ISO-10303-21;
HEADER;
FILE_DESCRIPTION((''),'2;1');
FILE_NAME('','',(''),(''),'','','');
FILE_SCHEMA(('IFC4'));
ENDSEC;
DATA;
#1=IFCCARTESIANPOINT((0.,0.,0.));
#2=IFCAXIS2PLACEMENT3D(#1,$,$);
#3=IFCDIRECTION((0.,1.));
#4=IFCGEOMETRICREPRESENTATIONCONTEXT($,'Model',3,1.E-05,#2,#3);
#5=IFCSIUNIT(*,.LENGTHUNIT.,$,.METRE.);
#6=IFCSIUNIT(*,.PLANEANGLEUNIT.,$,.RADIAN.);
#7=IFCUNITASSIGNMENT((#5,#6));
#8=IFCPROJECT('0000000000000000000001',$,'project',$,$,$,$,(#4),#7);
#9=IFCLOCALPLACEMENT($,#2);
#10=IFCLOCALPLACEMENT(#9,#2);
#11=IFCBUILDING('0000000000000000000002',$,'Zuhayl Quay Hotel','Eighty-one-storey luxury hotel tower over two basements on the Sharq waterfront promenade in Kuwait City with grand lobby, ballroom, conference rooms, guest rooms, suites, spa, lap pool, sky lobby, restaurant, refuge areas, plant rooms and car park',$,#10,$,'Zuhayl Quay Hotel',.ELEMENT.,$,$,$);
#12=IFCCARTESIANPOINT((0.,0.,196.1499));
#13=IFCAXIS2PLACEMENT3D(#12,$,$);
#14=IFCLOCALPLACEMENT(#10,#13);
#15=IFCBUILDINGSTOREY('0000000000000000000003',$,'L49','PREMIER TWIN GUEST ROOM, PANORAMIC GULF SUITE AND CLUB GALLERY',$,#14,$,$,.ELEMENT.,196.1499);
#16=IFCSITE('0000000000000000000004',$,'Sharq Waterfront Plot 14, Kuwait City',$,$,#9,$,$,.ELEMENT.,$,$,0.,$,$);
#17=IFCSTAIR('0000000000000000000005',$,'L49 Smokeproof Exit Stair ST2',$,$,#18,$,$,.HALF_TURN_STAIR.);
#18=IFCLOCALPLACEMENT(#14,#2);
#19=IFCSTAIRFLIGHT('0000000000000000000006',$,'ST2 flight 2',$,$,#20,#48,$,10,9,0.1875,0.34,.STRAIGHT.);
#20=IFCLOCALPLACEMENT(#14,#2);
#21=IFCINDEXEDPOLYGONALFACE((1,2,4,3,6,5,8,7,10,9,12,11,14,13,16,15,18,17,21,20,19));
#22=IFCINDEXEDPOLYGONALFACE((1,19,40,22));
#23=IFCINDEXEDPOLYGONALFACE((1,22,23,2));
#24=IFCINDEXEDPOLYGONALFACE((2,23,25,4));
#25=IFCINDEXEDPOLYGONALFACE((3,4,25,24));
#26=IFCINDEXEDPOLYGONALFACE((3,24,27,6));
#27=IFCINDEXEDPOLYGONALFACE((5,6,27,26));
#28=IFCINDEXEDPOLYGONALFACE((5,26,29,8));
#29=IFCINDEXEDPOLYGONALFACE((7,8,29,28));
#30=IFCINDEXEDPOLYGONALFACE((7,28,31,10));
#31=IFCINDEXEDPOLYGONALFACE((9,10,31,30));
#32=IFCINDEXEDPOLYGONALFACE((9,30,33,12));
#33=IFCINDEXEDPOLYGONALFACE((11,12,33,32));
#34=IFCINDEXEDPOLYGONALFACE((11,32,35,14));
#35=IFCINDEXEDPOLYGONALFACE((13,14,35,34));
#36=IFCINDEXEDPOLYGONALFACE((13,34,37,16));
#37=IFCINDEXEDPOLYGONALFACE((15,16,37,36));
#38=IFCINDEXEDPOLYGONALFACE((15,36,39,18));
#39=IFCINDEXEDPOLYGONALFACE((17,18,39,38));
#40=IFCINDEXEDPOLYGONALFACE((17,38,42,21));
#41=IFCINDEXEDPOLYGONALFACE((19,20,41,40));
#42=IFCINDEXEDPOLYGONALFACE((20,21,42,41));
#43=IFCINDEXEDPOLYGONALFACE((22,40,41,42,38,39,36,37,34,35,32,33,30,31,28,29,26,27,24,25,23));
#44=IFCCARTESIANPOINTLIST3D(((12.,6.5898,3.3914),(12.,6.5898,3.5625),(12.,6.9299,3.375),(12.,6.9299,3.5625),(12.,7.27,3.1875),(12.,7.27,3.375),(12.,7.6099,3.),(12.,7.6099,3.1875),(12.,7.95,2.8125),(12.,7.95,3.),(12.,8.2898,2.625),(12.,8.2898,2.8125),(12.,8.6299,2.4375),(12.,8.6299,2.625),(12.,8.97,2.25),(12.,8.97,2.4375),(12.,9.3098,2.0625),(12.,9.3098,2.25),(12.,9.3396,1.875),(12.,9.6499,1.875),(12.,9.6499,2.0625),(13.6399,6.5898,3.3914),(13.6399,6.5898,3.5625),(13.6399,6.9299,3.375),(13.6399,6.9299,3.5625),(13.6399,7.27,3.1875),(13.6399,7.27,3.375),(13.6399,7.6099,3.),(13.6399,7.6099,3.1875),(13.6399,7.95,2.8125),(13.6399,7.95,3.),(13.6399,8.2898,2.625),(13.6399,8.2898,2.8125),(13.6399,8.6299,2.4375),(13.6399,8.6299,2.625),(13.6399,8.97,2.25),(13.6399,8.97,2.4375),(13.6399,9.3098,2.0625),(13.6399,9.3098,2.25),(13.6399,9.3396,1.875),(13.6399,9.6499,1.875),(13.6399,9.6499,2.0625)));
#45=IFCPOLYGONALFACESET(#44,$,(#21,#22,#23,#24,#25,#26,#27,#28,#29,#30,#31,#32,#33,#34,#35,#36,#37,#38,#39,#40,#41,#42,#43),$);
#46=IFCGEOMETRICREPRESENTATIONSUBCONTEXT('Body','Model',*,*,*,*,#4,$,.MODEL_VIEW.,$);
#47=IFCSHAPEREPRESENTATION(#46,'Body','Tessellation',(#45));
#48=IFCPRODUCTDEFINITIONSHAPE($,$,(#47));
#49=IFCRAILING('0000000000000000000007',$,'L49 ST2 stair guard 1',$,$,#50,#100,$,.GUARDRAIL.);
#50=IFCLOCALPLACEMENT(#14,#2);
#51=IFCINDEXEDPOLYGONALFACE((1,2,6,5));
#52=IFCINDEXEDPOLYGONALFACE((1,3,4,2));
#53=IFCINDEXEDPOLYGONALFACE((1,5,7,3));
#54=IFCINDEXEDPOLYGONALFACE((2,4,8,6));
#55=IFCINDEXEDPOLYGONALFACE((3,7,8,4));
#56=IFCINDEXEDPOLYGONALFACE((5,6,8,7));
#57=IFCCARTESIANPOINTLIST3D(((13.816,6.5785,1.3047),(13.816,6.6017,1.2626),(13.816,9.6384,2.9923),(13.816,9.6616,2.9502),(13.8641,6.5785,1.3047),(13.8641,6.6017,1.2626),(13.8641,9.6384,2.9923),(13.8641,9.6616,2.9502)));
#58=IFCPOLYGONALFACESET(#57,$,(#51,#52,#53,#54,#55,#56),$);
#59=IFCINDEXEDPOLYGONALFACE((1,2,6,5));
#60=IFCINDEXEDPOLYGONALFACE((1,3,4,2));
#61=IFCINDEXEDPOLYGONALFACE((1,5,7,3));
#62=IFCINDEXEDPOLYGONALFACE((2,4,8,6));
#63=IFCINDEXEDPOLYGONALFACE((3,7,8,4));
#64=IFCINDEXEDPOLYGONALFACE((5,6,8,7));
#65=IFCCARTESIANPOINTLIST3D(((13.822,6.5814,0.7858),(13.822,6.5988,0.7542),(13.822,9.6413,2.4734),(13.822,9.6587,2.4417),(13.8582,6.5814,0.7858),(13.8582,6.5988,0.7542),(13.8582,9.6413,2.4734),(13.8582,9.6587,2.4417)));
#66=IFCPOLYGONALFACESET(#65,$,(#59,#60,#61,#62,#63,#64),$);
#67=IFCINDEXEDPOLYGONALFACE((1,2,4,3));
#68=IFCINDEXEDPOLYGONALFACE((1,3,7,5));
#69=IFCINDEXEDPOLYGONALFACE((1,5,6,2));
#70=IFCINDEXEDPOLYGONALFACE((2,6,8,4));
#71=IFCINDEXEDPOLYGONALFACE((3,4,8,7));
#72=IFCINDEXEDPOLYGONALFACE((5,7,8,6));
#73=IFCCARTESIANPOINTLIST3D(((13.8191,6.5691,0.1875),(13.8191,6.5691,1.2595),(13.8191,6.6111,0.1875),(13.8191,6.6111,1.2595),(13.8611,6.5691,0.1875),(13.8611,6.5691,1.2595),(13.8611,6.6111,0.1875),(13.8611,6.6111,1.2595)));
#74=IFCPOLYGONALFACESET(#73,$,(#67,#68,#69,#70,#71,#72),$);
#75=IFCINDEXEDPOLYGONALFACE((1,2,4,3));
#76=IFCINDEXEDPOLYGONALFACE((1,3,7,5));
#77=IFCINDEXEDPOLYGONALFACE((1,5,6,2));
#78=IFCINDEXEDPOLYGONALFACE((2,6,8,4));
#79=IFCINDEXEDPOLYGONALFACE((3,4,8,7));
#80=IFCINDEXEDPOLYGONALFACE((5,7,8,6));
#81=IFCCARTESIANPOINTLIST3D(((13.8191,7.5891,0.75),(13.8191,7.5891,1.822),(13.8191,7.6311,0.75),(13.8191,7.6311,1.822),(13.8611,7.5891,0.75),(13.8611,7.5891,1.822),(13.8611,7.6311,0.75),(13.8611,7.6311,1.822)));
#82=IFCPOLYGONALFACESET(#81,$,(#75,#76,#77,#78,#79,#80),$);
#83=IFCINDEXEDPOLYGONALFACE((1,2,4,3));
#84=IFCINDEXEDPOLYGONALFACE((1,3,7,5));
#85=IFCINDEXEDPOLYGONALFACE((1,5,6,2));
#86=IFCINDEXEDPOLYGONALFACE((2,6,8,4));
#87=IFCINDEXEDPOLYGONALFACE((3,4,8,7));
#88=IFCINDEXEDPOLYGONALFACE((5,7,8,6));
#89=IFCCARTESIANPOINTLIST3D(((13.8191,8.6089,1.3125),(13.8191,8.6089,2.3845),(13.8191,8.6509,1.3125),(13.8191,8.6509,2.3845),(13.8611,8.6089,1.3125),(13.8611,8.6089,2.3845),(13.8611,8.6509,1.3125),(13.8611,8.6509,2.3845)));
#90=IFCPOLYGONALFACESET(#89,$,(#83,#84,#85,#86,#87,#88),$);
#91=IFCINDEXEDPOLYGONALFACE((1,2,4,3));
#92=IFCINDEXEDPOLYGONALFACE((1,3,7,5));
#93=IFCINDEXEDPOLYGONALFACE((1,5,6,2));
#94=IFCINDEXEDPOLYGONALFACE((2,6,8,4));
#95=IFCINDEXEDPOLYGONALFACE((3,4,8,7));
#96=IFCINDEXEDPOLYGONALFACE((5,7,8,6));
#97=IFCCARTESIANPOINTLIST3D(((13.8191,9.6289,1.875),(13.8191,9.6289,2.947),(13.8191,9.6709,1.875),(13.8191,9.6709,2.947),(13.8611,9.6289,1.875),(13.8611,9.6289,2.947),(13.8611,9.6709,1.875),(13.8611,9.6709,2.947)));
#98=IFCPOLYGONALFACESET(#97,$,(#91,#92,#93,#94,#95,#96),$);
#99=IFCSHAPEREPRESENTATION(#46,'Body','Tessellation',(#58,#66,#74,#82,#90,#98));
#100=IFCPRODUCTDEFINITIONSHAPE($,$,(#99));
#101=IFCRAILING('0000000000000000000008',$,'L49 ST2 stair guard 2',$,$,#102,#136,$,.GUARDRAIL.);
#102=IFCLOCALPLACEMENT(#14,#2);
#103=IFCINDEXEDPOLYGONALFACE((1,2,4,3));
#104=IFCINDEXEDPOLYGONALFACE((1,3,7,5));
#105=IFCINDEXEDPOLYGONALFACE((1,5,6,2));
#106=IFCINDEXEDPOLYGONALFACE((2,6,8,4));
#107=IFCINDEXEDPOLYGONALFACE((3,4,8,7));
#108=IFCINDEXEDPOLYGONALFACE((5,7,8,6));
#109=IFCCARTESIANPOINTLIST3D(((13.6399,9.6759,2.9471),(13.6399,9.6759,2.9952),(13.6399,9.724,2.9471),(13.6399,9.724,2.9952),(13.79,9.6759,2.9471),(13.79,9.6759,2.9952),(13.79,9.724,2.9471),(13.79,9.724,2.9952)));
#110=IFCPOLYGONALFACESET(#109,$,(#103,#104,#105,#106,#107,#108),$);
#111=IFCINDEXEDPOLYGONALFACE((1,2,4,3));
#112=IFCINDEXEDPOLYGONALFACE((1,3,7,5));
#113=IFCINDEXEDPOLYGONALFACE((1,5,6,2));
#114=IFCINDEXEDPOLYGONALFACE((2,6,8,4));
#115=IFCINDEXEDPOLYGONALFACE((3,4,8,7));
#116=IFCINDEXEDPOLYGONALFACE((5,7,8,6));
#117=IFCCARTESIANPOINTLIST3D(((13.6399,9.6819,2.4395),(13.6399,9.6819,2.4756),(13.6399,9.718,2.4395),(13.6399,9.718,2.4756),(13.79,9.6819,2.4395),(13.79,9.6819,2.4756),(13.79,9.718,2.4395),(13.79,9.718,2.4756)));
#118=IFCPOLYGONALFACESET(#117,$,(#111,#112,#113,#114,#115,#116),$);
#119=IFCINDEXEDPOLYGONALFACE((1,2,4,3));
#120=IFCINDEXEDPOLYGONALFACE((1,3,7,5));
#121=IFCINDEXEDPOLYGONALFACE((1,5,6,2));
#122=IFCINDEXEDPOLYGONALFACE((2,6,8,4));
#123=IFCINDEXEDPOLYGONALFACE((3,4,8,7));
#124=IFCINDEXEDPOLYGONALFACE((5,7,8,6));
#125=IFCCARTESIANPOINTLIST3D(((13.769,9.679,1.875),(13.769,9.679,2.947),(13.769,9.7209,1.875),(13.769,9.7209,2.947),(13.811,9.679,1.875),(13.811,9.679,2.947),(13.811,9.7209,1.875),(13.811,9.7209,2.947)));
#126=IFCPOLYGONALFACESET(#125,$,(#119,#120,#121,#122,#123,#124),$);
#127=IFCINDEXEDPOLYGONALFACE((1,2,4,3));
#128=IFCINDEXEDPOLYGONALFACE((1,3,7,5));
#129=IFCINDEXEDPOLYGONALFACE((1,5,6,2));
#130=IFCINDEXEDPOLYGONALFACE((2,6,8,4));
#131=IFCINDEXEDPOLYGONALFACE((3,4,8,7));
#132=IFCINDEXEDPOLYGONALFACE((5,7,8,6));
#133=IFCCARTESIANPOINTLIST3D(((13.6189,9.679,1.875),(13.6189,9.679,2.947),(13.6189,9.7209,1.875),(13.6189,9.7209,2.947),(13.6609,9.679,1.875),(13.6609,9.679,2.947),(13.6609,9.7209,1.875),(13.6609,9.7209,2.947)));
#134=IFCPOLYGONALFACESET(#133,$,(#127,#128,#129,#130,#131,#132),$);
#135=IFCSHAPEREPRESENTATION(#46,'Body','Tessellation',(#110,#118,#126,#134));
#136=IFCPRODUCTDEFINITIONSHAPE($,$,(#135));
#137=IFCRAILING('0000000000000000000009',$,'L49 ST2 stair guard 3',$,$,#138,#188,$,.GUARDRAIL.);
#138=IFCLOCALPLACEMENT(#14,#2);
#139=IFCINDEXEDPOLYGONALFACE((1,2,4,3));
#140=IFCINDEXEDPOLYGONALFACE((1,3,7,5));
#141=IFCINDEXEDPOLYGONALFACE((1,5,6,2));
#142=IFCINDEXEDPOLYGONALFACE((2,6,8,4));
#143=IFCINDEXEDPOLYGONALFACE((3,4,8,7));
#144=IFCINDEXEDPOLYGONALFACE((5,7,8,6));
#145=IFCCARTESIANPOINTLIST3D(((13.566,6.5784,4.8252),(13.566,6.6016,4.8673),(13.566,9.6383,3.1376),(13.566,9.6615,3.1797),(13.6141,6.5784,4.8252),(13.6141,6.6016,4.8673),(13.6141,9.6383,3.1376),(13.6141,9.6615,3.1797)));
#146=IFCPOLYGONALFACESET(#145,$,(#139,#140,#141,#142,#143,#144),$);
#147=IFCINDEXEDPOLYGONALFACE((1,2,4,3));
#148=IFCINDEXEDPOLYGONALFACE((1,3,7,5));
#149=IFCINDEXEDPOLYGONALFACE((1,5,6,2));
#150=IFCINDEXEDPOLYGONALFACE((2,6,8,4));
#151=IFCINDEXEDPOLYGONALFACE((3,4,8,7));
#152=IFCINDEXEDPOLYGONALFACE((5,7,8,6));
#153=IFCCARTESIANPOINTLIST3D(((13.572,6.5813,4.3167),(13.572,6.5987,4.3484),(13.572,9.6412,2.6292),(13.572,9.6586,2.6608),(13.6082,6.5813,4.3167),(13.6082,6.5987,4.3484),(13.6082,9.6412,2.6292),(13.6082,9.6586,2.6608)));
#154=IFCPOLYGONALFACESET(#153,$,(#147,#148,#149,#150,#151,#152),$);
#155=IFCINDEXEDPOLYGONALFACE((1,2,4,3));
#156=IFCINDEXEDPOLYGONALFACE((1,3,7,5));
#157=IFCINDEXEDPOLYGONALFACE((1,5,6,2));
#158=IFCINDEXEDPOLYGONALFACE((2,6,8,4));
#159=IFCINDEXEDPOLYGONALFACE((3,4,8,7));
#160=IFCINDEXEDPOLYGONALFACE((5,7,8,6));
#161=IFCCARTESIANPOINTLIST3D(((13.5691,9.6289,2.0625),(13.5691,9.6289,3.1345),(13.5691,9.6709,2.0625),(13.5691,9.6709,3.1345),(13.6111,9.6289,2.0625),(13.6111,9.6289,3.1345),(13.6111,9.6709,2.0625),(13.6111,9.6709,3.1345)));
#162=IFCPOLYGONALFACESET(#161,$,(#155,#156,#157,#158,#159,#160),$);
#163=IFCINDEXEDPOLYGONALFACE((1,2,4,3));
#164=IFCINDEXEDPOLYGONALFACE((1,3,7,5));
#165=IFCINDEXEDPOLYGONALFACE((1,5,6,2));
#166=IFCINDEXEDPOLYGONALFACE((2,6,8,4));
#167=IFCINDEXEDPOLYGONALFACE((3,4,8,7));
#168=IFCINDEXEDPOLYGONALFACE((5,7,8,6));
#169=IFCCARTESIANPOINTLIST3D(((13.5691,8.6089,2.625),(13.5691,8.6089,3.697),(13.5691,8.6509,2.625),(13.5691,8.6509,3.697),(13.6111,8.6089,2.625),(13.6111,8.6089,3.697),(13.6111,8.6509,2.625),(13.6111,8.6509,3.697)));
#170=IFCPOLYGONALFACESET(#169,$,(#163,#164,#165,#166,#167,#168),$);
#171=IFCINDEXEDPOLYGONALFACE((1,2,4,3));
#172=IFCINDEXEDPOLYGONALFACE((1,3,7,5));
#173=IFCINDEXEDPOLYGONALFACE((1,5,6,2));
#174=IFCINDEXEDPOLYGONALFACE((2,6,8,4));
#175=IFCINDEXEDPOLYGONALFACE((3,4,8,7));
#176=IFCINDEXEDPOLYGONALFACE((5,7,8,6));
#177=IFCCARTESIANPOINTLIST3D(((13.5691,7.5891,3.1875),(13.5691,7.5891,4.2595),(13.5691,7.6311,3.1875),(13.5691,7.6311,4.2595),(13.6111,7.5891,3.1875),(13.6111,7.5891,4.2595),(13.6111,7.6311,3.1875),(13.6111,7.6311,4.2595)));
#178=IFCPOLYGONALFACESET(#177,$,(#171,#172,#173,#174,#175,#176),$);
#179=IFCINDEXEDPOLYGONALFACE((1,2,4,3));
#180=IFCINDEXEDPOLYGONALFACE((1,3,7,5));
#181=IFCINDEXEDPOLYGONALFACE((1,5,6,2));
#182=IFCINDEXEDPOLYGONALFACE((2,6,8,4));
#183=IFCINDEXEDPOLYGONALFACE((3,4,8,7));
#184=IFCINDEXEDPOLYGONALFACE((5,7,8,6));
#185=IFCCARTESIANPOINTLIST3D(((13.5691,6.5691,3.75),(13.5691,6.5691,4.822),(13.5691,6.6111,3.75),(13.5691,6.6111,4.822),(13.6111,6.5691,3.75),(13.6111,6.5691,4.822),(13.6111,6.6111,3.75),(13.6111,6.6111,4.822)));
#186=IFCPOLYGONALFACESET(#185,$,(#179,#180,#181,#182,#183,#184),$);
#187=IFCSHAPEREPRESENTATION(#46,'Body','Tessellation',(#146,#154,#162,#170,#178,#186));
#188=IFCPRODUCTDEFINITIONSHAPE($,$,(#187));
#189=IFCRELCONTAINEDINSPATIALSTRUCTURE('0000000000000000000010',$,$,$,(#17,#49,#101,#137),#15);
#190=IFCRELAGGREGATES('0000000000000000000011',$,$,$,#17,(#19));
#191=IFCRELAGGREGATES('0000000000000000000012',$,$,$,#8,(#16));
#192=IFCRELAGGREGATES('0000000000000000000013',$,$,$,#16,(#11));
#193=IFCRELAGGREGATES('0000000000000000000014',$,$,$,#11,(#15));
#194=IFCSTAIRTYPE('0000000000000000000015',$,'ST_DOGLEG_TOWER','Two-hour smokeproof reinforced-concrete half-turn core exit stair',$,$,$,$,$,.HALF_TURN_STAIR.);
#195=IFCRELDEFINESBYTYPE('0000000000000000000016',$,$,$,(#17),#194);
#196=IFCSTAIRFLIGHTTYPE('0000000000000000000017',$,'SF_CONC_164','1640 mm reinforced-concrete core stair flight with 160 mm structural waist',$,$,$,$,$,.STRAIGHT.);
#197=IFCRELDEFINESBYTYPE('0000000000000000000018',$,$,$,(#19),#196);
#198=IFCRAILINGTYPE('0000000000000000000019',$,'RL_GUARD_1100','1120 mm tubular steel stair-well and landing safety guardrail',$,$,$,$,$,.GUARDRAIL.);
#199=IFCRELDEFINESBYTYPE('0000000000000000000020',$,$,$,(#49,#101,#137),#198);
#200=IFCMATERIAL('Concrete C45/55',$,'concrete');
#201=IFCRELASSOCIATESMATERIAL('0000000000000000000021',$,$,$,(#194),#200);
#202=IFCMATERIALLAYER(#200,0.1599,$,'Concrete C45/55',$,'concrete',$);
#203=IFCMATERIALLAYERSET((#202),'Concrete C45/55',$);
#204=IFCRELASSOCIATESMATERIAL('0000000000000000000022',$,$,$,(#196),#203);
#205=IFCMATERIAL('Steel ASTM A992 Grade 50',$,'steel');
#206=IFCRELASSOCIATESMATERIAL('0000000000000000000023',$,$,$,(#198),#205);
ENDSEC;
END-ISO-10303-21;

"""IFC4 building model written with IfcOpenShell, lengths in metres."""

from ifc_helpers import new_model, si_unit, direction, frame, origin, origin_2d, place, context, subcontext, project, spatial, polyline, rectangle, outline, extrude, material, layer, layer_set, type_object, element, aggregate, save


model = new_model("IFC4")

# Units and contexts
model_context = context("Model", 3, precision=1e-05, world=origin(), true_north=direction((0.0, 1.0)))
body_context = subcontext(model_context, "Body", "Model", "MODEL_VIEW")
ifc_project = project(units=[si_unit("LENGTHUNIT", "METRE"), si_unit("PLANEANGLEUNIT", "RADIAN")], contexts=[model_context])

# Site, building, storey
site_placement = place(None, origin())
site = spatial("IfcSite", under=ifc_project, at=site_placement, Name="Sharq Waterfront Plot 14, Kuwait City", CompositionType="ELEMENT", RefElevation=0.0)
building_placement = place(site_placement, origin())
building = spatial("IfcBuilding", under=site, at=building_placement, Name="Zuhayl Quay Hotel", Description="Eighty-one-storey luxury hotel tower over two basements on the Sharq waterfront promenade in Kuwait City with grand lobby, ballroom, conference rooms, guest rooms, suites, spa, lap pool, sky lobby, restaurant, refuge areas, plant rooms and car park", LongName="Zuhayl Quay Hotel", CompositionType="ELEMENT")
storey_placement = place(building_placement, frame((0.0, 0.0, 196.1499)))
storey = spatial("IfcBuildingStorey", under=building, at=storey_placement, Name="L49", Description="PREMIER TWIN GUEST ROOM, PANORAMIC GULF SUITE AND CLUB GALLERY", CompositionType="ELEMENT", Elevation=196.1499)

# Shared definitions
ifc_material_1 = material(Name="Steel ASTM A992 Grade 50", Category="steel")

# Stair, stair flight
ifc_material_2 = material(Name="Concrete C45/55", Category="concrete")
stair_type = type_object("IfcStairType", Name="ST_DOGLEG_TOWER", Description="Two-hour smokeproof reinforced-concrete half-turn core exit stair", PredefinedType="HALF_TURN_STAIR", material=ifc_material_2)
stair_placement = place(storey_placement, origin())
stair = element("IfcStair", 1, at=stair_placement, inside=storey, type_object=stair_type, Name="L49 Smokeproof Exit Stair ST2", PredefinedType="HALF_TURN_STAIR")
ifc_layer_1 = layer(ifc_material_2, 0.1599, Name="Concrete C45/55", Category="concrete")
ifc_layer_set_1 = layer_set([ifc_layer_1], Name="Concrete C45/55")
stair_flight_type = type_object("IfcStairFlightType", Name="SF_CONC_164", Description="1640 mm reinforced-concrete core stair flight with 160 mm structural waist", PredefinedType="STRAIGHT", material=ifc_layer_set_1)
stair_flight_1_placement = place(storey_placement, frame((12.8201, 9.6499, 1.875), z_axis=(0.0, 0.0, 1.0), x_axis=(0.0, -1.0, 0.0)))
stair_flight_1 = element("IfcStairFlight", 2, at=stair_flight_1_placement, type_object=stair_flight_type, Name="ST2 flight 2", NumberOfRisers=10, NumberOfTreads=9, PredefinedType="STRAIGHT", RiserHeight=0.1875, TreadLength=0.34, context=body_context, shape_type="SweptSolid", body=[
    extrude(outline(polyline([(0.0, 0.0), (0.0, 0.1875), (0.3401, 0.1875), (0.3401, 0.375), (0.6799, 0.375), (0.6799, 0.5625), (1.02, 0.5625), (1.02, 0.75), (1.3601, 0.75), (1.3601, 0.9375), (1.7, 0.9375), (1.7, 1.125), (2.04, 1.125), (2.04, 1.3125), (2.3799, 1.3125), (2.3799, 1.5), (2.72, 1.5), (2.72, 1.6875), (3.0601, 1.6875), (3.0601, 1.875), (3.0601, 1.5164), (0.3103, 0.0), (0.0, 0.0)])), frame((0.0, 0.8198, 0.0), z_axis=(0.0, -1.0, 0.0), x_axis=(1.0, 0.0, 0.0)), (0.0, 0.0, 1.0), 1.6399),
])
aggregate(stair, [stair_flight_1])

# Railings
railing_type_1 = type_object("IfcRailingType", Name="RL_GUARD_1100", Description="1120 mm tubular steel stair-well and landing safety guardrail", PredefinedType="GUARDRAIL", material=ifc_material_1)
railing_1_placement = place(storey_placement, frame((13.8401, 6.5901, 0.1875)))
element("IfcRailing", 3, at=railing_1_placement, inside=storey, type_object=railing_type_1, Name="L49 ST2 stair guard 1", PredefinedType="GUARDRAIL", context=body_context, shape_type="SweptSolid", body=[
    extrude(rectangle(XDim=0.0481, YDim=0.0481, at=origin_2d()), frame((0.0, 0.0, 1.0962), z_axis=(0.0, 0.875659, 0.48293), x_axis=(-1.0, 0.0, 0.0)), (0.0, 0.0, 1.0), 3.4944),
    extrude(rectangle(XDim=0.0361, YDim=0.0361, at=origin_2d()), frame((0.0, 0.0, 0.5825), z_axis=(0.0, 0.875659, 0.48293), x_axis=(-1.0, 0.0, 0.0)), (0.0, 0.0, 1.0), 3.4944),
    extrude(rectangle(XDim=0.042, YDim=0.042, at=origin_2d()), origin(), (0.0, 0.0, 1.0), 1.072),
    extrude(rectangle(XDim=0.042, YDim=0.042, at=origin_2d()), frame((0.0, 1.02, 0.5625)), (0.0, 0.0, 1.0), 1.072),
    extrude(rectangle(XDim=0.042, YDim=0.042, at=origin_2d()), frame((0.0, 2.0398, 1.125)), (0.0, 0.0, 1.0), 1.072),
    extrude(rectangle(XDim=0.042, YDim=0.042, at=origin_2d()), frame((0.0, 3.0598, 1.6875)), (0.0, 0.0, 1.0), 1.072),
])
railing_2_placement = place(storey_placement, frame((13.79, 9.7, 1.875)))
element("IfcRailing", 4, at=railing_2_placement, inside=storey, type_object=railing_type_1, Name="L49 ST2 stair guard 2", PredefinedType="GUARDRAIL", context=body_context, shape_type="SweptSolid", body=[
    extrude(rectangle(XDim=0.0481, YDim=0.0481, at=origin_2d()), frame((0.0, 0.0, 1.0962), z_axis=(-1.0, 0.0, 0.0), x_axis=(0.0, -1.0, 0.0)), (0.0, 0.0, 1.0), 0.1501),
    extrude(rectangle(XDim=0.0361, YDim=0.0361, at=origin_2d()), frame((0.0, 0.0, 0.5825), z_axis=(-1.0, 0.0, 0.0), x_axis=(0.0, -1.0, 0.0)), (0.0, 0.0, 1.0), 0.1501),
    extrude(rectangle(XDim=0.042, YDim=0.042, at=origin_2d()), origin(), (0.0, 0.0, 1.0), 1.072),
    extrude(rectangle(XDim=0.042, YDim=0.042, at=origin_2d()), frame((-0.1501, 0.0, 0.0)), (0.0, 0.0, 1.0), 1.072),
])
railing_3_placement = place(storey_placement, frame((13.5901, 9.6499, 2.0625)))
element("IfcRailing", 5, at=railing_3_placement, inside=storey, type_object=railing_type_1, Name="L49 ST2 stair guard 3", PredefinedType="GUARDRAIL", context=body_context, shape_type="SweptSolid", body=[
    extrude(rectangle(XDim=0.0481, YDim=0.0481, at=origin_2d()), frame((0.0, 0.0, 1.0962), z_axis=(0.0, -0.875659, 0.48293), x_axis=(1.0, 0.0, 0.0)), (0.0, 0.0, 1.0), 3.4944),
    extrude(rectangle(XDim=0.0361, YDim=0.0361, at=origin_2d()), frame((0.0, 0.0, 0.5825), z_axis=(0.0, -0.875659, 0.48293), x_axis=(1.0, 0.0, 0.0)), (0.0, 0.0, 1.0), 3.4944),
    extrude(rectangle(XDim=0.042, YDim=0.042, at=origin_2d()), origin(), (0.0, 0.0, 1.0), 1.072),
    extrude(rectangle(XDim=0.042, YDim=0.042, at=origin_2d()), frame((0.0, -1.02, 0.5625)), (0.0, 0.0, 1.0), 1.072),
    extrude(rectangle(XDim=0.042, YDim=0.042, at=origin_2d()), frame((0.0, -2.0398, 1.125)), (0.0, 0.0, 1.0), 1.072),
    extrude(rectangle(XDim=0.042, YDim=0.042, at=origin_2d()), frame((0.0, -3.0598, 1.6875)), (0.0, 0.0, 1.0), 1.072),
])

save(model, "model.ifc")
